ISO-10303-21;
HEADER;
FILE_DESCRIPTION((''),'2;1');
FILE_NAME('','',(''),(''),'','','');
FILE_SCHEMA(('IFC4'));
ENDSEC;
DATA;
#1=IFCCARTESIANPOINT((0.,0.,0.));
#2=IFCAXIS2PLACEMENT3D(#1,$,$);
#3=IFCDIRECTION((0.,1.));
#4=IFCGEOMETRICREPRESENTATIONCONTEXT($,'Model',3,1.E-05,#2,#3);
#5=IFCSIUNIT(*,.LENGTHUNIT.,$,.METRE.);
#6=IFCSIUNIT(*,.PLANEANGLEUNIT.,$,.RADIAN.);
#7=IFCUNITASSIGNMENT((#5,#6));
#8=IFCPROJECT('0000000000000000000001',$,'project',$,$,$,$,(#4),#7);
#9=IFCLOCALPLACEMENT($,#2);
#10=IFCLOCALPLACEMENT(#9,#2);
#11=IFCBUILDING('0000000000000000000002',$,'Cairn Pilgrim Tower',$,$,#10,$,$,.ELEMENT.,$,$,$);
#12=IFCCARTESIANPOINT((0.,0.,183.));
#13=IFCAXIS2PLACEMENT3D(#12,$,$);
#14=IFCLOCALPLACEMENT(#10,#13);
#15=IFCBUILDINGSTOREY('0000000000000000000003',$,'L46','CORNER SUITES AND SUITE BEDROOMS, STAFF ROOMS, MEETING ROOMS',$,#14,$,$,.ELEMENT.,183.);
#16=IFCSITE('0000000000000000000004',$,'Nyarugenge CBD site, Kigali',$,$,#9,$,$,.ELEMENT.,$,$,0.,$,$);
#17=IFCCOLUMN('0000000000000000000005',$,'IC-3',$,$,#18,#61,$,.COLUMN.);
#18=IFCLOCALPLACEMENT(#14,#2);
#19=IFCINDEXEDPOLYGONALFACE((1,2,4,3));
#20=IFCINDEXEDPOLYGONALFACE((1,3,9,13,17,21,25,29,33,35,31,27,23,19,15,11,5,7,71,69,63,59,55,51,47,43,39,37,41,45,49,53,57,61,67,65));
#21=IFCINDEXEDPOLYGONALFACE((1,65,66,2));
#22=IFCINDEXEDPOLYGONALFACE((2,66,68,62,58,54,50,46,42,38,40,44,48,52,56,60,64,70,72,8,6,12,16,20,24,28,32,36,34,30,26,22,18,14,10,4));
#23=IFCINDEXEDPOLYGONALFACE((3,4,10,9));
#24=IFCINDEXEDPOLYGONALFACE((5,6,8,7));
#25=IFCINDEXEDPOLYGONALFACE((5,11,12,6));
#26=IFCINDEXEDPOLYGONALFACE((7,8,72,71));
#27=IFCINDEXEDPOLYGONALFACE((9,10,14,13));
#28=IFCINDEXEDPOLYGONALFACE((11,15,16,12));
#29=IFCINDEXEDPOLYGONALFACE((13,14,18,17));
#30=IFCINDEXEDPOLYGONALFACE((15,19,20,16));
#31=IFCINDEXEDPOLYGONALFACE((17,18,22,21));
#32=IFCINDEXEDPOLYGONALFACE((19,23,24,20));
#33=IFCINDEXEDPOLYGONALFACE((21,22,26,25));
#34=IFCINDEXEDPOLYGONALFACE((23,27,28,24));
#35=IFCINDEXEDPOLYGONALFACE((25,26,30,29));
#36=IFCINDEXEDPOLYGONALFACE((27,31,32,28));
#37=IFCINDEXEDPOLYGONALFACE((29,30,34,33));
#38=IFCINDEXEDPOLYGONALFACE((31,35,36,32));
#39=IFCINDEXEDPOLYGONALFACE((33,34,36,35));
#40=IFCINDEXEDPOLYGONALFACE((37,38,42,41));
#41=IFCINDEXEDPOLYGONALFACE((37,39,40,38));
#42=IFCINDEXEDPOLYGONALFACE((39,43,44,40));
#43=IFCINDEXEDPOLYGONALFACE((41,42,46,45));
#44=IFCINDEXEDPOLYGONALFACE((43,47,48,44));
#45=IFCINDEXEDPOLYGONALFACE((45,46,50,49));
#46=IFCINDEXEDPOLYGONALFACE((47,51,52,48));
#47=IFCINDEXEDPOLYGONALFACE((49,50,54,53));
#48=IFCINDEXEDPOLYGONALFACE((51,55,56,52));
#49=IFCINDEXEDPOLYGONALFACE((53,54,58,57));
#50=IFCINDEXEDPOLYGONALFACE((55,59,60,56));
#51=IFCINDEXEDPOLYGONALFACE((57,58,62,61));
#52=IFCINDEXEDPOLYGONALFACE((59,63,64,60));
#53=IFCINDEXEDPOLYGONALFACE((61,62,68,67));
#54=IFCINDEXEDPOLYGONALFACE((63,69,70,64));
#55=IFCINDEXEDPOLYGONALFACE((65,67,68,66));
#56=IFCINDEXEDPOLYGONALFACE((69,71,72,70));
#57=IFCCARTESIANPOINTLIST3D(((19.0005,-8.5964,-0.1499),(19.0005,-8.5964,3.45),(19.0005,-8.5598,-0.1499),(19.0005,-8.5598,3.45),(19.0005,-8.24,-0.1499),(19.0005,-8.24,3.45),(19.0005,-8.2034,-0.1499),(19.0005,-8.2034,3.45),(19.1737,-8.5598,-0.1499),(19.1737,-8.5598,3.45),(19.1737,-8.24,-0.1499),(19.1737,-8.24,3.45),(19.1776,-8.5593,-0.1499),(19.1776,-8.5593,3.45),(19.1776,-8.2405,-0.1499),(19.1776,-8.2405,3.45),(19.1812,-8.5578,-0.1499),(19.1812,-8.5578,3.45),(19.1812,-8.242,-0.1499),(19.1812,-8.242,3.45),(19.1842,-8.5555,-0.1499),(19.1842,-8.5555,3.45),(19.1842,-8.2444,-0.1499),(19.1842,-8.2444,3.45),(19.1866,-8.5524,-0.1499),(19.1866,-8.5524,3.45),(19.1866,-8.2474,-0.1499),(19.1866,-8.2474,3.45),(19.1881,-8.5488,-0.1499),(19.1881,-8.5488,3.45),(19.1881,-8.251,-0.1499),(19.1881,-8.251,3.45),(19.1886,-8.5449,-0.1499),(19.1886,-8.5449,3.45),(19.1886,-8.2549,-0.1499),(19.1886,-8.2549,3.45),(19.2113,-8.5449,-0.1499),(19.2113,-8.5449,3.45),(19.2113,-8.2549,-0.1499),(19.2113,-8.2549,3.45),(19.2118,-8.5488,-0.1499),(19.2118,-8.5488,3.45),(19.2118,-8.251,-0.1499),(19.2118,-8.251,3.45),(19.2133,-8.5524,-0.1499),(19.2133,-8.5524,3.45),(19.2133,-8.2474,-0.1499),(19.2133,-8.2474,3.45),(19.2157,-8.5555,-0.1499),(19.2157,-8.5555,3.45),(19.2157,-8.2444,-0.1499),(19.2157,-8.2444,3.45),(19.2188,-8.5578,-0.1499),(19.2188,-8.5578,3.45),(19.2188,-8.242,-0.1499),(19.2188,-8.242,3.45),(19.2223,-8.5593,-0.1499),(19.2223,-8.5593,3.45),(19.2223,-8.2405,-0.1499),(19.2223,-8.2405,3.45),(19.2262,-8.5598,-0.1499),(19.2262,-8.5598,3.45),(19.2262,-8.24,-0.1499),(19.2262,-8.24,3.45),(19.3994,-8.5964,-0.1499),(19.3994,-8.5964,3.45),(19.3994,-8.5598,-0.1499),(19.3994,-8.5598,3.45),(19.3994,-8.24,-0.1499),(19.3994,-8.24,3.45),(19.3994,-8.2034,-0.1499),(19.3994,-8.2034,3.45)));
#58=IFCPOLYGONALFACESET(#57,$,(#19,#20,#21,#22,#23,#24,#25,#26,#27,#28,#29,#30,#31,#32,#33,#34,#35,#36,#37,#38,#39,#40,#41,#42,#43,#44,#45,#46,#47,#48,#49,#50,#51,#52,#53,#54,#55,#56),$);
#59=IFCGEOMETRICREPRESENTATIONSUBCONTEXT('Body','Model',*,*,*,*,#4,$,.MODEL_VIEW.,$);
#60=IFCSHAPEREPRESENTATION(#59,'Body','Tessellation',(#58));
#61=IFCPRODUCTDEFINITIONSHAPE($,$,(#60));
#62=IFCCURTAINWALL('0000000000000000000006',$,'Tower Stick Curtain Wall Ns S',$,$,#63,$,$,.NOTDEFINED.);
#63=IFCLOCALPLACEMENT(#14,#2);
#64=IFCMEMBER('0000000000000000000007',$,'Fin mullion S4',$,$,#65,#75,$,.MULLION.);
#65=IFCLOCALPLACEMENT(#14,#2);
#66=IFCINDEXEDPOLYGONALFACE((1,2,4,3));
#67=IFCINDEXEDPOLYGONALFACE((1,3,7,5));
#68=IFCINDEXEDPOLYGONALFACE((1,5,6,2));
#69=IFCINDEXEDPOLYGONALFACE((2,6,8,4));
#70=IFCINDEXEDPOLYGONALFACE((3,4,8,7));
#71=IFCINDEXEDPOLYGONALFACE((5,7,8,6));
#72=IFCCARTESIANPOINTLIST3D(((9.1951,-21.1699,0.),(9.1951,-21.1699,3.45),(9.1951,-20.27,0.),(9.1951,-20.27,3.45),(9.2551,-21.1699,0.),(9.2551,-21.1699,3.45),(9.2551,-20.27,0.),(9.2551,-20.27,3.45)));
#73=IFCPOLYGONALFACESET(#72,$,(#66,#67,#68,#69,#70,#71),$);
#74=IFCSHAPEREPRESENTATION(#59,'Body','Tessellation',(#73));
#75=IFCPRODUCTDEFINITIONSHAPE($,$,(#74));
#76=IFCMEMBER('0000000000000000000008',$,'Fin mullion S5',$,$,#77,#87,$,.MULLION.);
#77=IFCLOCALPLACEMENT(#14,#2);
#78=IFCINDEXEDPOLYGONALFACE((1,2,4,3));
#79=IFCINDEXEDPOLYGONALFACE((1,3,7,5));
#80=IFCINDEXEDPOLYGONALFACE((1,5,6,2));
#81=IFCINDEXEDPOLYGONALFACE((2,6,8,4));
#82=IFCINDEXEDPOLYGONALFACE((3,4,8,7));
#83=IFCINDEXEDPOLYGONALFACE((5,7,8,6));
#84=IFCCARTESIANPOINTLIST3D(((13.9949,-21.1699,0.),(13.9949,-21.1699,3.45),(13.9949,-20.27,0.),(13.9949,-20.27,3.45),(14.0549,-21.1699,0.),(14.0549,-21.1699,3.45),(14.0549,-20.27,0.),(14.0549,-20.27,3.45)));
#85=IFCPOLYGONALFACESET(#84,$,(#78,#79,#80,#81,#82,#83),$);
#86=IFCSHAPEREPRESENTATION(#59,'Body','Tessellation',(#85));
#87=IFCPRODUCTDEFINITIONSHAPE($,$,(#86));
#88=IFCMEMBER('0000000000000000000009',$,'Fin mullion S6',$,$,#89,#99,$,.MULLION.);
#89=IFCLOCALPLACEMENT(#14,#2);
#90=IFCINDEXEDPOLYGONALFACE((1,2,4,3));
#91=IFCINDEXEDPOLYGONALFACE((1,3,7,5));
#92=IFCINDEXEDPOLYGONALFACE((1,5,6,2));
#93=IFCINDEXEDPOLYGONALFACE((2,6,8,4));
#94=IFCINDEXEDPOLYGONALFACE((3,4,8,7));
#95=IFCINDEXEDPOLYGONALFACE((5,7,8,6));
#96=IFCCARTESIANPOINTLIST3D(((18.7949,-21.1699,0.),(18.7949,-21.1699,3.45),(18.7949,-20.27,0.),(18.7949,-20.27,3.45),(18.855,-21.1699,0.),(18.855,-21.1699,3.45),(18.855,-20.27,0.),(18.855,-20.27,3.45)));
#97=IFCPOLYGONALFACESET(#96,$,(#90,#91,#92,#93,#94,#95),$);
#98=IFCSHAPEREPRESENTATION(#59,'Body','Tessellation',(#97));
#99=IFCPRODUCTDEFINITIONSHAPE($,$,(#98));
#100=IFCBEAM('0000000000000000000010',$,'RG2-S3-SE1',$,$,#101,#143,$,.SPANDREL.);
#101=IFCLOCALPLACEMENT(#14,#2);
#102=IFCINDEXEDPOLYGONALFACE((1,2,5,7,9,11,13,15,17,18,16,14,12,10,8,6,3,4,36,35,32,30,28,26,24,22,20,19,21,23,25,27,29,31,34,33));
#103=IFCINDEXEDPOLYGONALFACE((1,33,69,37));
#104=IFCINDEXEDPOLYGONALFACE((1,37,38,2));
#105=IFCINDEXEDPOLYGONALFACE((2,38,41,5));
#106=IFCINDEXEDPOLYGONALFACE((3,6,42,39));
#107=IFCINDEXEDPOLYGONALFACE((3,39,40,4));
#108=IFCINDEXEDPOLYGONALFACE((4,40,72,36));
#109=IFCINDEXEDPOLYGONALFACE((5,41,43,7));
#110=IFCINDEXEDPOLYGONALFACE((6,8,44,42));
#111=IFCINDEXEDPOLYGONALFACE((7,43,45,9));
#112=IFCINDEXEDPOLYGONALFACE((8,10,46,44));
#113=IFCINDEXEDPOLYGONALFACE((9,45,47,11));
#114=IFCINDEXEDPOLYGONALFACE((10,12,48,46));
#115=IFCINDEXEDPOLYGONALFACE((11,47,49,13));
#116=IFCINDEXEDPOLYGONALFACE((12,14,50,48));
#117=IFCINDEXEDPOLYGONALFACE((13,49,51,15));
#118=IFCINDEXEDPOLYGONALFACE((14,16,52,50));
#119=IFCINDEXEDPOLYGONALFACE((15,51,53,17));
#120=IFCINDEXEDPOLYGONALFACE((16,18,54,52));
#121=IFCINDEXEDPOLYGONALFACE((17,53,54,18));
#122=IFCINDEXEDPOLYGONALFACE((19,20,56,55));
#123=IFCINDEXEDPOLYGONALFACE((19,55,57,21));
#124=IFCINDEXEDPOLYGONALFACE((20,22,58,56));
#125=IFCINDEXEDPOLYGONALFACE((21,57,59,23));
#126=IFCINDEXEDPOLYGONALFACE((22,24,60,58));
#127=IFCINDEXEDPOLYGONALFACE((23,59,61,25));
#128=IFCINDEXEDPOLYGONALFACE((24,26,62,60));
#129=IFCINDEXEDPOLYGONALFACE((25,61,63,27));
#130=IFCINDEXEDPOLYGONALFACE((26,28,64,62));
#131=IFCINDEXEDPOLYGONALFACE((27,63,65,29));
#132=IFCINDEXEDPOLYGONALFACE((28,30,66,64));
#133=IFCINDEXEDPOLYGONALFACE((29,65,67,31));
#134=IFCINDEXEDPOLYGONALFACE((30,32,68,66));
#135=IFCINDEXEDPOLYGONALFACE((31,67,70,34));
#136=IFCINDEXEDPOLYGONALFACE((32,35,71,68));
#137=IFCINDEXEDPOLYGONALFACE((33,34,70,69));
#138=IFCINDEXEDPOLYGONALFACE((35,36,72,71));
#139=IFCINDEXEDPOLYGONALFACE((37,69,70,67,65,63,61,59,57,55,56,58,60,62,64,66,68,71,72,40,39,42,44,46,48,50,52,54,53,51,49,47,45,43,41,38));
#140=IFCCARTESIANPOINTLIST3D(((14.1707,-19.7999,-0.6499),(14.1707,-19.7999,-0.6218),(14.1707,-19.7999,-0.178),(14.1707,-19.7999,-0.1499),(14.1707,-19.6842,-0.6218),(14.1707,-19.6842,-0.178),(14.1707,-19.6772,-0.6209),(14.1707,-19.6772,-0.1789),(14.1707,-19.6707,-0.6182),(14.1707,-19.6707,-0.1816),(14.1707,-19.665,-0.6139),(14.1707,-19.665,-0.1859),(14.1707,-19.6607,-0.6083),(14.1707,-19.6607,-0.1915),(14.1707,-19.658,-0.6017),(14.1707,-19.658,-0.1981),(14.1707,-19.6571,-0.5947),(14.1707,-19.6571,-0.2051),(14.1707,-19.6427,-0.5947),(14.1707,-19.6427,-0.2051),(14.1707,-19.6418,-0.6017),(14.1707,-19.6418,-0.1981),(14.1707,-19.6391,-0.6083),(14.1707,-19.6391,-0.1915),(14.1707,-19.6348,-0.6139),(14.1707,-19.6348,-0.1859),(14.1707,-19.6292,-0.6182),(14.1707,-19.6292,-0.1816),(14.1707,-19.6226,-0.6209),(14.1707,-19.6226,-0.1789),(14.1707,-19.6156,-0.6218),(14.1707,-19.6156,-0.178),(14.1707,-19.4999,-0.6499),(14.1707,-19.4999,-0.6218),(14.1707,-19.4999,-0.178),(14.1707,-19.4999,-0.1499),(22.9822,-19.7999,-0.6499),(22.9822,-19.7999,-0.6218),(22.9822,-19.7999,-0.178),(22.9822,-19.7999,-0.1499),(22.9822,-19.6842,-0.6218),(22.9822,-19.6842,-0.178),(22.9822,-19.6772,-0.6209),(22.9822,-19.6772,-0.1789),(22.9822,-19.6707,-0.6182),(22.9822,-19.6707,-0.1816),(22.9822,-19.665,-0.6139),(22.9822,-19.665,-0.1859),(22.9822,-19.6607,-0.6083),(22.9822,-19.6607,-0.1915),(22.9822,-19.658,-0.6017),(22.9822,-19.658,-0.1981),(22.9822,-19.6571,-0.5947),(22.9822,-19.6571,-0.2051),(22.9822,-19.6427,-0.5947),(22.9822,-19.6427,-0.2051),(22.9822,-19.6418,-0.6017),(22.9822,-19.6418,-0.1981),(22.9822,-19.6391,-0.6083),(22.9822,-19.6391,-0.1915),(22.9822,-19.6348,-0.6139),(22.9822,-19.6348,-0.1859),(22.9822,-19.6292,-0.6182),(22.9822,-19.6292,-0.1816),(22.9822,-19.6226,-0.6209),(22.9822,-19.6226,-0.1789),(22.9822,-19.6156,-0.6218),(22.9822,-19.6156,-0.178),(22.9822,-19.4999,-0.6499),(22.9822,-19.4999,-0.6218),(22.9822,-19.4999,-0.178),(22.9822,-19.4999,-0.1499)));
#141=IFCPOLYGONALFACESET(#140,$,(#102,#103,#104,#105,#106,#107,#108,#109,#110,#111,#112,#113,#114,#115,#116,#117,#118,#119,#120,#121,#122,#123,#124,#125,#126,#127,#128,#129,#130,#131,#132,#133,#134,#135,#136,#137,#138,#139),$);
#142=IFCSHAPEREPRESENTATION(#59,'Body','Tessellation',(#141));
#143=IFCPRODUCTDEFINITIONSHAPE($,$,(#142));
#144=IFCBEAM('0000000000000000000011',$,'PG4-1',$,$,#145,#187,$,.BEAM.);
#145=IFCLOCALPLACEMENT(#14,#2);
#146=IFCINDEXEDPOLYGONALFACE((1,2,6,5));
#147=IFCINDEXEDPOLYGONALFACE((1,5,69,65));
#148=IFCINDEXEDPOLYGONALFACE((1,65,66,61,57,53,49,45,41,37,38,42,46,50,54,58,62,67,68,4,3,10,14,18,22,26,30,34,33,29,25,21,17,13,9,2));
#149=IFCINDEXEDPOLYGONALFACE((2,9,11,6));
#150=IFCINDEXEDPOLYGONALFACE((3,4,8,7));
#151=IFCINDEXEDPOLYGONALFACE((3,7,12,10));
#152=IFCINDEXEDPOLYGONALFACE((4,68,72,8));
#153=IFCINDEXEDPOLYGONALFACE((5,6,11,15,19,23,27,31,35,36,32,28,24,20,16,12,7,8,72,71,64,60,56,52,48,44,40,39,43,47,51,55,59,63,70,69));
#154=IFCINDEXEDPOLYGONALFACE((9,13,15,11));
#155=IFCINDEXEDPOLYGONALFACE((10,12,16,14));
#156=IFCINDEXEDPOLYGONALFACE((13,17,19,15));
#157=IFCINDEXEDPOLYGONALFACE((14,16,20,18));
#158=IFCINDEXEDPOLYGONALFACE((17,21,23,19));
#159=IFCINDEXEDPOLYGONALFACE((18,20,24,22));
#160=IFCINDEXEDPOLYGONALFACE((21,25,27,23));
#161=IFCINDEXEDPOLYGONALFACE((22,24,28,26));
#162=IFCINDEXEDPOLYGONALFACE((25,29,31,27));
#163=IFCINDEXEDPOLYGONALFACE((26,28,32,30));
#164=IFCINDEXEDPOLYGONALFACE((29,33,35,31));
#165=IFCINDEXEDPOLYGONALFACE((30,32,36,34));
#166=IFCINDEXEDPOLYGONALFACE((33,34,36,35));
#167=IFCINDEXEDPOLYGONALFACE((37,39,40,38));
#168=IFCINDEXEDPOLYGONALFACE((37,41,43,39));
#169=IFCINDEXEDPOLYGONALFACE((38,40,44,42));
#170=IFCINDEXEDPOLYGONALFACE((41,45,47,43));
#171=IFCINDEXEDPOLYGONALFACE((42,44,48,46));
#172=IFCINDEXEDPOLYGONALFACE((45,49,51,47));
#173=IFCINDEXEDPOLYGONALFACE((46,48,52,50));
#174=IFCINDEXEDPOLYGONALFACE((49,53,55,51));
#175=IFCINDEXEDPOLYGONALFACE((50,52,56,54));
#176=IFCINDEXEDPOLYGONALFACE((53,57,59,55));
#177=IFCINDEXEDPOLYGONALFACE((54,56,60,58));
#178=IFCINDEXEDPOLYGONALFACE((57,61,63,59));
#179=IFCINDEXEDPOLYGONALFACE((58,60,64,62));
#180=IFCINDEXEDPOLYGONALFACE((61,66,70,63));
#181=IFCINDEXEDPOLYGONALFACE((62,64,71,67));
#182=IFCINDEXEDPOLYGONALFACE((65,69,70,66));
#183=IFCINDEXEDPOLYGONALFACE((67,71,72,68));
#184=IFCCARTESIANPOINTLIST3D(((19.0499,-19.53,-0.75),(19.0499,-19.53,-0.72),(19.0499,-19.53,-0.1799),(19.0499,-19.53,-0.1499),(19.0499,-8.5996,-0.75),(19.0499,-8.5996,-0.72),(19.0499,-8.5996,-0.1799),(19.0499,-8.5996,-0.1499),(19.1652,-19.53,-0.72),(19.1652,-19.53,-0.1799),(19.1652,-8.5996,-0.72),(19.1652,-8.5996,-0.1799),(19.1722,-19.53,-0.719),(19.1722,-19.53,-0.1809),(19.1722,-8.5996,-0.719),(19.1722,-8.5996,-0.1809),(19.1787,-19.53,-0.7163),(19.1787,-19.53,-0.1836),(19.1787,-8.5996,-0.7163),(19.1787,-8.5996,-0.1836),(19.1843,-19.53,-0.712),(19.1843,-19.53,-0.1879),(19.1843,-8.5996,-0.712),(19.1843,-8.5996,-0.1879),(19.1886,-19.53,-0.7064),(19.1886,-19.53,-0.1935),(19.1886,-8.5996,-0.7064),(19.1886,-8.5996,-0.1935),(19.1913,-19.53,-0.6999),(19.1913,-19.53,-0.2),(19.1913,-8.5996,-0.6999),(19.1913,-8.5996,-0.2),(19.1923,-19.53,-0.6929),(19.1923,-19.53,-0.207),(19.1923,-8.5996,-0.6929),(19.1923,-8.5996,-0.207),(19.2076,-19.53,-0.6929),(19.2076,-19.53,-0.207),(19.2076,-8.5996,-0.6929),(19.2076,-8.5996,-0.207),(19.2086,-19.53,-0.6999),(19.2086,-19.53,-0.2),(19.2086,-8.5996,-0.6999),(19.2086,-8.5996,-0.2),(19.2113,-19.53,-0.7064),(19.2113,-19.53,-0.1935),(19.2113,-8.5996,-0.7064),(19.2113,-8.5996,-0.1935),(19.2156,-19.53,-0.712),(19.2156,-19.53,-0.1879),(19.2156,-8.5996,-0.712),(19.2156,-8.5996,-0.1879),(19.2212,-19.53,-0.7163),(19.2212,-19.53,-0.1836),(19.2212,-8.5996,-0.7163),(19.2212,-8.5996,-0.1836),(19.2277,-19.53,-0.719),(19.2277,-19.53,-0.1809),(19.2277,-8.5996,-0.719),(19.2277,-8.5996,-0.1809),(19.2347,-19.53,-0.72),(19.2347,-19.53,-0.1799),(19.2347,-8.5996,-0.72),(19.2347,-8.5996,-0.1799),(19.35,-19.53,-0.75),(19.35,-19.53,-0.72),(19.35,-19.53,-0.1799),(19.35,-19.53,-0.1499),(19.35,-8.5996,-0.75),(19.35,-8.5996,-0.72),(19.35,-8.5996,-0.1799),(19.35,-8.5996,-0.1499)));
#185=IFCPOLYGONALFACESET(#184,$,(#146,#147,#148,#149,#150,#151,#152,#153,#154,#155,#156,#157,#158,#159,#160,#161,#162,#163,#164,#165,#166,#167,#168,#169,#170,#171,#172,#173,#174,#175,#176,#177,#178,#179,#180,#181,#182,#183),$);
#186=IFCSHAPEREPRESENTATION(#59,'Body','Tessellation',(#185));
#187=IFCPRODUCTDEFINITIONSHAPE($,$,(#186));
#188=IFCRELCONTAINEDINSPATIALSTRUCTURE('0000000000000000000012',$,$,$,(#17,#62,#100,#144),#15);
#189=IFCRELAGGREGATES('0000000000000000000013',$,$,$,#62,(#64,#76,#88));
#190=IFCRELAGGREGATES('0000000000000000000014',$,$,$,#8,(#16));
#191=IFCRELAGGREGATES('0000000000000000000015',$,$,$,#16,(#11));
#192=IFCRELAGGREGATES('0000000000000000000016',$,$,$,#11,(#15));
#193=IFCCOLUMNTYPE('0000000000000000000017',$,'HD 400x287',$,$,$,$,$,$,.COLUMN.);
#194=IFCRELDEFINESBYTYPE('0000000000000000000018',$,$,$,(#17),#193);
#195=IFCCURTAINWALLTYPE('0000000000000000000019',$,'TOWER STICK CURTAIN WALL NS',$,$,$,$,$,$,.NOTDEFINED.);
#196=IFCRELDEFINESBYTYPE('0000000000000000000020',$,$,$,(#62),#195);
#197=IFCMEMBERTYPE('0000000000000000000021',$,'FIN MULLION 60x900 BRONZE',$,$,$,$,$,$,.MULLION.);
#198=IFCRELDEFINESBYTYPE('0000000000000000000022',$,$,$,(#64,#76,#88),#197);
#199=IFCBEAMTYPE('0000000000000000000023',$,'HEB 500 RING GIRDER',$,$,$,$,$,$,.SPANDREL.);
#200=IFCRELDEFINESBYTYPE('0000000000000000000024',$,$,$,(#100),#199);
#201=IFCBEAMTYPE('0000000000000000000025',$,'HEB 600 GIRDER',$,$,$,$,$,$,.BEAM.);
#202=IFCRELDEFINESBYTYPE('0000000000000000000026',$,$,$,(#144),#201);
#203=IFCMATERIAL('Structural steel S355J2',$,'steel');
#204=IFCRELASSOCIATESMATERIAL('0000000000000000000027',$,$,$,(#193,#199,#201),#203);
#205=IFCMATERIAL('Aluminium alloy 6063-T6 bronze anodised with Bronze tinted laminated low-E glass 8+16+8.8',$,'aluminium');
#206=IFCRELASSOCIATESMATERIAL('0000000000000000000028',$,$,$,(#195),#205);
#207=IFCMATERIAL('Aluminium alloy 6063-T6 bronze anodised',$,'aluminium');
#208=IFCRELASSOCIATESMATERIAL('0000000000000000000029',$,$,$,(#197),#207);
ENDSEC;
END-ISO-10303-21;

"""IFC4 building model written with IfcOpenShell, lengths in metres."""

from ifc_helpers import new_model, si_unit, direction, frame, origin, origin_2d, place, context, subcontext, project, spatial, rectangle, i_section, extrude, material, material_profile, profile_set, type_object, element, aggregate, save


model = new_model("IFC4")

# Units and contexts
model_context = context("Model", 3, precision=1e-05, world=origin(), true_north=direction((0.0, 1.0)))
body_context = subcontext(model_context, "Body", "Model", "MODEL_VIEW")
ifc_project = project(units=[si_unit("LENGTHUNIT", "METRE"), si_unit("PLANEANGLEUNIT", "RADIAN")], contexts=[model_context])

# Site, building, storey
site_placement = place(None, origin())
site = spatial("IfcSite", under=ifc_project, at=site_placement, Name="Nyarugenge CBD site, Kigali", CompositionType="ELEMENT", RefElevation=0.0)
building_placement = place(site_placement, origin())
building = spatial("IfcBuilding", under=site, at=building_placement, Name="Cairn Pilgrim Tower", CompositionType="ELEMENT")
storey_placement = place(building_placement, frame((0.0, 0.0, 183.0)))
storey = spatial("IfcBuildingStorey", under=building, at=storey_placement, Name="L46", Description="CORNER SUITES AND SUITE BEDROOMS, STAFF ROOMS, MEETING ROOMS", CompositionType="ELEMENT", Elevation=183.0)

# Column
ifc_material_1 = material(Name="Structural steel S355J2", Category="steel")
ifc_material_profile_1 = material_profile(ifc_material_1, i_section(OverallWidth=0.3989, OverallDepth=0.3931, WebThickness=0.0227, FlangeThickness=0.0366, FilletRadius=0.0149, at=origin_2d()), Name="HD 400x287")
ifc_profile_set_1 = profile_set([ifc_material_profile_1], Name="Structural steel S355J2")
column_type_1 = type_object("IfcColumnType", Name="HD 400x287", PredefinedType="COLUMN", material=ifc_profile_set_1)
column_1_placement = place(storey_placement, frame((19.2, -8.3999, -0.1499), z_axis=(0.0, 0.0, 1.0), x_axis=(1.0, 0.0, 0.0)))
element("IfcColumn", 1, at=column_1_placement, inside=storey, type_object=column_type_1, Name="IC-3", PredefinedType="COLUMN", context=body_context, shape_type="SweptSolid", body=[
    extrude(i_section(OverallWidth=0.3989, OverallDepth=0.3931, WebThickness=0.0227, FlangeThickness=0.0366, FilletRadius=0.0149, at=origin_2d()), origin(), (0.0, 0.0, 1.0), 3.5999),
])

# Curtain wall, members
ifc_material_2 = material(Name="Aluminium alloy 6063-T6 bronze anodised with Bronze tinted laminated low-E glass 8+16+8.8", Category="aluminium")
curtain_wall_type = type_object("IfcCurtainWallType", Name="TOWER STICK CURTAIN WALL NS", PredefinedType="NOTDEFINED", material=ifc_material_2)
curtain_wall_placement = place(storey_placement, origin())
curtain_wall = element("IfcCurtainWall", 2, at=curtain_wall_placement, inside=storey, type_object=curtain_wall_type, Name="Tower Stick Curtain Wall Ns S", PredefinedType="NOTDEFINED")
ifc_material_3 = material(Name="Aluminium alloy 6063-T6 bronze anodised", Category="aluminium")
ifc_material_profile_2 = material_profile(ifc_material_3, rectangle(XDim=0.8999, YDim=0.0601, at=origin_2d()), Name="FIN MULLION 60x900 BRONZE")
ifc_profile_set_2 = profile_set([ifc_material_profile_2], Name="Aluminium alloy 6063-T6 bronze anodised")
member_type_1 = type_object("IfcMemberType", Name="FIN MULLION 60x900 BRONZE", PredefinedType="MULLION", material=ifc_profile_set_2)
member_1_placement = place(storey_placement, frame((9.2251, -20.72, 0.0), z_axis=(0.0, 0.0, 1.0), x_axis=(0.0, -1.0, 0.0)))
member_1 = element("IfcMember", 3, at=member_1_placement, type_object=member_type_1, Name="Fin mullion S4", PredefinedType="MULLION", context=body_context, shape_type="SweptSolid", body=[
    extrude(rectangle(XDim=0.8999, YDim=0.0601, at=origin_2d()), origin(), (0.0, 0.0, 1.0), 3.45),
])
member_2_placement = place(storey_placement, frame((14.0249, -20.72, 0.0), z_axis=(0.0, 0.0, 1.0), x_axis=(0.0, -1.0, 0.0)))
member_2 = element("IfcMember", 4, at=member_2_placement, type_object=member_type_1, Name="Fin mullion S5", PredefinedType="MULLION", context=body_context, shape_type="SweptSolid", body=[
    extrude(rectangle(XDim=0.8999, YDim=0.0601, at=origin_2d()), origin(), (0.0, 0.0, 1.0), 3.45),
])
member_3_placement = place(storey_placement, frame((18.825, -20.72, 0.0), z_axis=(0.0, 0.0, 1.0), x_axis=(0.0, -1.0, 0.0)))
member_3 = element("IfcMember", 5, at=member_3_placement, type_object=member_type_1, Name="Fin mullion S6", PredefinedType="MULLION", context=body_context, shape_type="SweptSolid", body=[
    extrude(rectangle(XDim=0.8999, YDim=0.0601, at=origin_2d()), origin(), (0.0, 0.0, 1.0), 3.45),
])

# Beams
ifc_material_profile_3 = material_profile(ifc_material_1, i_section(OverallWidth=0.3, OverallDepth=0.5, WebThickness=0.0144, FlangeThickness=0.0281, FilletRadius=0.0271, at=origin_2d()), Name="HEB 500")
ifc_profile_set_3 = profile_set([ifc_material_profile_3], Name="Structural steel S355J2")
beam_type_1 = type_object("IfcBeamType", Name="HEB 500 RING GIRDER", PredefinedType="SPANDREL", material=ifc_profile_set_3)
beam_1_placement = place(storey_placement, frame((14.1707, -19.6499, -0.3999), z_axis=(1.0, 0.0, 0.0), x_axis=(0.0, 1.0, 0.0)))
element("IfcBeam", 6, at=beam_1_placement, inside=storey, type_object=beam_type_1, Name="RG2-S3-SE1", PredefinedType="SPANDREL", context=body_context, shape_type="SweptSolid", body=[
    extrude(i_section(OverallWidth=0.3, OverallDepth=0.5, WebThickness=0.0144, FlangeThickness=0.0281, FilletRadius=0.0271, at=origin_2d()), origin(), (0.0, 0.0, 1.0), 8.8115),
])
ifc_material_profile_4 = material_profile(ifc_material_1, i_section(OverallWidth=0.3, OverallDepth=0.6001, WebThickness=0.0154, FlangeThickness=0.03, FilletRadius=0.0271, at=origin_2d()), Name="HEB 600")
ifc_profile_set_4 = profile_set([ifc_material_profile_4], Name="Structural steel S355J2")
beam_type_2 = type_object("IfcBeamType", Name="HEB 600 GIRDER", PredefinedType="BEAM", material=ifc_profile_set_4)
beam_2_placement = place(storey_placement, frame((19.2, -19.53, -0.45), z_axis=(0.0, 1.0, 0.0), x_axis=(-1.0, 0.0, 0.0)))
element("IfcBeam", 7, at=beam_2_placement, inside=storey, type_object=beam_type_2, Name="PG4-1", PredefinedType="BEAM", context=body_context, shape_type="SweptSolid", body=[
    extrude(i_section(OverallWidth=0.3, OverallDepth=0.6001, WebThickness=0.0154, FlangeThickness=0.03, FilletRadius=0.0271, at=origin_2d()), origin(), (0.0, 0.0, 1.0), 10.9304),
])

aggregate(curtain_wall, [member_1, member_2, member_3])

save(model, "model.ifc")
